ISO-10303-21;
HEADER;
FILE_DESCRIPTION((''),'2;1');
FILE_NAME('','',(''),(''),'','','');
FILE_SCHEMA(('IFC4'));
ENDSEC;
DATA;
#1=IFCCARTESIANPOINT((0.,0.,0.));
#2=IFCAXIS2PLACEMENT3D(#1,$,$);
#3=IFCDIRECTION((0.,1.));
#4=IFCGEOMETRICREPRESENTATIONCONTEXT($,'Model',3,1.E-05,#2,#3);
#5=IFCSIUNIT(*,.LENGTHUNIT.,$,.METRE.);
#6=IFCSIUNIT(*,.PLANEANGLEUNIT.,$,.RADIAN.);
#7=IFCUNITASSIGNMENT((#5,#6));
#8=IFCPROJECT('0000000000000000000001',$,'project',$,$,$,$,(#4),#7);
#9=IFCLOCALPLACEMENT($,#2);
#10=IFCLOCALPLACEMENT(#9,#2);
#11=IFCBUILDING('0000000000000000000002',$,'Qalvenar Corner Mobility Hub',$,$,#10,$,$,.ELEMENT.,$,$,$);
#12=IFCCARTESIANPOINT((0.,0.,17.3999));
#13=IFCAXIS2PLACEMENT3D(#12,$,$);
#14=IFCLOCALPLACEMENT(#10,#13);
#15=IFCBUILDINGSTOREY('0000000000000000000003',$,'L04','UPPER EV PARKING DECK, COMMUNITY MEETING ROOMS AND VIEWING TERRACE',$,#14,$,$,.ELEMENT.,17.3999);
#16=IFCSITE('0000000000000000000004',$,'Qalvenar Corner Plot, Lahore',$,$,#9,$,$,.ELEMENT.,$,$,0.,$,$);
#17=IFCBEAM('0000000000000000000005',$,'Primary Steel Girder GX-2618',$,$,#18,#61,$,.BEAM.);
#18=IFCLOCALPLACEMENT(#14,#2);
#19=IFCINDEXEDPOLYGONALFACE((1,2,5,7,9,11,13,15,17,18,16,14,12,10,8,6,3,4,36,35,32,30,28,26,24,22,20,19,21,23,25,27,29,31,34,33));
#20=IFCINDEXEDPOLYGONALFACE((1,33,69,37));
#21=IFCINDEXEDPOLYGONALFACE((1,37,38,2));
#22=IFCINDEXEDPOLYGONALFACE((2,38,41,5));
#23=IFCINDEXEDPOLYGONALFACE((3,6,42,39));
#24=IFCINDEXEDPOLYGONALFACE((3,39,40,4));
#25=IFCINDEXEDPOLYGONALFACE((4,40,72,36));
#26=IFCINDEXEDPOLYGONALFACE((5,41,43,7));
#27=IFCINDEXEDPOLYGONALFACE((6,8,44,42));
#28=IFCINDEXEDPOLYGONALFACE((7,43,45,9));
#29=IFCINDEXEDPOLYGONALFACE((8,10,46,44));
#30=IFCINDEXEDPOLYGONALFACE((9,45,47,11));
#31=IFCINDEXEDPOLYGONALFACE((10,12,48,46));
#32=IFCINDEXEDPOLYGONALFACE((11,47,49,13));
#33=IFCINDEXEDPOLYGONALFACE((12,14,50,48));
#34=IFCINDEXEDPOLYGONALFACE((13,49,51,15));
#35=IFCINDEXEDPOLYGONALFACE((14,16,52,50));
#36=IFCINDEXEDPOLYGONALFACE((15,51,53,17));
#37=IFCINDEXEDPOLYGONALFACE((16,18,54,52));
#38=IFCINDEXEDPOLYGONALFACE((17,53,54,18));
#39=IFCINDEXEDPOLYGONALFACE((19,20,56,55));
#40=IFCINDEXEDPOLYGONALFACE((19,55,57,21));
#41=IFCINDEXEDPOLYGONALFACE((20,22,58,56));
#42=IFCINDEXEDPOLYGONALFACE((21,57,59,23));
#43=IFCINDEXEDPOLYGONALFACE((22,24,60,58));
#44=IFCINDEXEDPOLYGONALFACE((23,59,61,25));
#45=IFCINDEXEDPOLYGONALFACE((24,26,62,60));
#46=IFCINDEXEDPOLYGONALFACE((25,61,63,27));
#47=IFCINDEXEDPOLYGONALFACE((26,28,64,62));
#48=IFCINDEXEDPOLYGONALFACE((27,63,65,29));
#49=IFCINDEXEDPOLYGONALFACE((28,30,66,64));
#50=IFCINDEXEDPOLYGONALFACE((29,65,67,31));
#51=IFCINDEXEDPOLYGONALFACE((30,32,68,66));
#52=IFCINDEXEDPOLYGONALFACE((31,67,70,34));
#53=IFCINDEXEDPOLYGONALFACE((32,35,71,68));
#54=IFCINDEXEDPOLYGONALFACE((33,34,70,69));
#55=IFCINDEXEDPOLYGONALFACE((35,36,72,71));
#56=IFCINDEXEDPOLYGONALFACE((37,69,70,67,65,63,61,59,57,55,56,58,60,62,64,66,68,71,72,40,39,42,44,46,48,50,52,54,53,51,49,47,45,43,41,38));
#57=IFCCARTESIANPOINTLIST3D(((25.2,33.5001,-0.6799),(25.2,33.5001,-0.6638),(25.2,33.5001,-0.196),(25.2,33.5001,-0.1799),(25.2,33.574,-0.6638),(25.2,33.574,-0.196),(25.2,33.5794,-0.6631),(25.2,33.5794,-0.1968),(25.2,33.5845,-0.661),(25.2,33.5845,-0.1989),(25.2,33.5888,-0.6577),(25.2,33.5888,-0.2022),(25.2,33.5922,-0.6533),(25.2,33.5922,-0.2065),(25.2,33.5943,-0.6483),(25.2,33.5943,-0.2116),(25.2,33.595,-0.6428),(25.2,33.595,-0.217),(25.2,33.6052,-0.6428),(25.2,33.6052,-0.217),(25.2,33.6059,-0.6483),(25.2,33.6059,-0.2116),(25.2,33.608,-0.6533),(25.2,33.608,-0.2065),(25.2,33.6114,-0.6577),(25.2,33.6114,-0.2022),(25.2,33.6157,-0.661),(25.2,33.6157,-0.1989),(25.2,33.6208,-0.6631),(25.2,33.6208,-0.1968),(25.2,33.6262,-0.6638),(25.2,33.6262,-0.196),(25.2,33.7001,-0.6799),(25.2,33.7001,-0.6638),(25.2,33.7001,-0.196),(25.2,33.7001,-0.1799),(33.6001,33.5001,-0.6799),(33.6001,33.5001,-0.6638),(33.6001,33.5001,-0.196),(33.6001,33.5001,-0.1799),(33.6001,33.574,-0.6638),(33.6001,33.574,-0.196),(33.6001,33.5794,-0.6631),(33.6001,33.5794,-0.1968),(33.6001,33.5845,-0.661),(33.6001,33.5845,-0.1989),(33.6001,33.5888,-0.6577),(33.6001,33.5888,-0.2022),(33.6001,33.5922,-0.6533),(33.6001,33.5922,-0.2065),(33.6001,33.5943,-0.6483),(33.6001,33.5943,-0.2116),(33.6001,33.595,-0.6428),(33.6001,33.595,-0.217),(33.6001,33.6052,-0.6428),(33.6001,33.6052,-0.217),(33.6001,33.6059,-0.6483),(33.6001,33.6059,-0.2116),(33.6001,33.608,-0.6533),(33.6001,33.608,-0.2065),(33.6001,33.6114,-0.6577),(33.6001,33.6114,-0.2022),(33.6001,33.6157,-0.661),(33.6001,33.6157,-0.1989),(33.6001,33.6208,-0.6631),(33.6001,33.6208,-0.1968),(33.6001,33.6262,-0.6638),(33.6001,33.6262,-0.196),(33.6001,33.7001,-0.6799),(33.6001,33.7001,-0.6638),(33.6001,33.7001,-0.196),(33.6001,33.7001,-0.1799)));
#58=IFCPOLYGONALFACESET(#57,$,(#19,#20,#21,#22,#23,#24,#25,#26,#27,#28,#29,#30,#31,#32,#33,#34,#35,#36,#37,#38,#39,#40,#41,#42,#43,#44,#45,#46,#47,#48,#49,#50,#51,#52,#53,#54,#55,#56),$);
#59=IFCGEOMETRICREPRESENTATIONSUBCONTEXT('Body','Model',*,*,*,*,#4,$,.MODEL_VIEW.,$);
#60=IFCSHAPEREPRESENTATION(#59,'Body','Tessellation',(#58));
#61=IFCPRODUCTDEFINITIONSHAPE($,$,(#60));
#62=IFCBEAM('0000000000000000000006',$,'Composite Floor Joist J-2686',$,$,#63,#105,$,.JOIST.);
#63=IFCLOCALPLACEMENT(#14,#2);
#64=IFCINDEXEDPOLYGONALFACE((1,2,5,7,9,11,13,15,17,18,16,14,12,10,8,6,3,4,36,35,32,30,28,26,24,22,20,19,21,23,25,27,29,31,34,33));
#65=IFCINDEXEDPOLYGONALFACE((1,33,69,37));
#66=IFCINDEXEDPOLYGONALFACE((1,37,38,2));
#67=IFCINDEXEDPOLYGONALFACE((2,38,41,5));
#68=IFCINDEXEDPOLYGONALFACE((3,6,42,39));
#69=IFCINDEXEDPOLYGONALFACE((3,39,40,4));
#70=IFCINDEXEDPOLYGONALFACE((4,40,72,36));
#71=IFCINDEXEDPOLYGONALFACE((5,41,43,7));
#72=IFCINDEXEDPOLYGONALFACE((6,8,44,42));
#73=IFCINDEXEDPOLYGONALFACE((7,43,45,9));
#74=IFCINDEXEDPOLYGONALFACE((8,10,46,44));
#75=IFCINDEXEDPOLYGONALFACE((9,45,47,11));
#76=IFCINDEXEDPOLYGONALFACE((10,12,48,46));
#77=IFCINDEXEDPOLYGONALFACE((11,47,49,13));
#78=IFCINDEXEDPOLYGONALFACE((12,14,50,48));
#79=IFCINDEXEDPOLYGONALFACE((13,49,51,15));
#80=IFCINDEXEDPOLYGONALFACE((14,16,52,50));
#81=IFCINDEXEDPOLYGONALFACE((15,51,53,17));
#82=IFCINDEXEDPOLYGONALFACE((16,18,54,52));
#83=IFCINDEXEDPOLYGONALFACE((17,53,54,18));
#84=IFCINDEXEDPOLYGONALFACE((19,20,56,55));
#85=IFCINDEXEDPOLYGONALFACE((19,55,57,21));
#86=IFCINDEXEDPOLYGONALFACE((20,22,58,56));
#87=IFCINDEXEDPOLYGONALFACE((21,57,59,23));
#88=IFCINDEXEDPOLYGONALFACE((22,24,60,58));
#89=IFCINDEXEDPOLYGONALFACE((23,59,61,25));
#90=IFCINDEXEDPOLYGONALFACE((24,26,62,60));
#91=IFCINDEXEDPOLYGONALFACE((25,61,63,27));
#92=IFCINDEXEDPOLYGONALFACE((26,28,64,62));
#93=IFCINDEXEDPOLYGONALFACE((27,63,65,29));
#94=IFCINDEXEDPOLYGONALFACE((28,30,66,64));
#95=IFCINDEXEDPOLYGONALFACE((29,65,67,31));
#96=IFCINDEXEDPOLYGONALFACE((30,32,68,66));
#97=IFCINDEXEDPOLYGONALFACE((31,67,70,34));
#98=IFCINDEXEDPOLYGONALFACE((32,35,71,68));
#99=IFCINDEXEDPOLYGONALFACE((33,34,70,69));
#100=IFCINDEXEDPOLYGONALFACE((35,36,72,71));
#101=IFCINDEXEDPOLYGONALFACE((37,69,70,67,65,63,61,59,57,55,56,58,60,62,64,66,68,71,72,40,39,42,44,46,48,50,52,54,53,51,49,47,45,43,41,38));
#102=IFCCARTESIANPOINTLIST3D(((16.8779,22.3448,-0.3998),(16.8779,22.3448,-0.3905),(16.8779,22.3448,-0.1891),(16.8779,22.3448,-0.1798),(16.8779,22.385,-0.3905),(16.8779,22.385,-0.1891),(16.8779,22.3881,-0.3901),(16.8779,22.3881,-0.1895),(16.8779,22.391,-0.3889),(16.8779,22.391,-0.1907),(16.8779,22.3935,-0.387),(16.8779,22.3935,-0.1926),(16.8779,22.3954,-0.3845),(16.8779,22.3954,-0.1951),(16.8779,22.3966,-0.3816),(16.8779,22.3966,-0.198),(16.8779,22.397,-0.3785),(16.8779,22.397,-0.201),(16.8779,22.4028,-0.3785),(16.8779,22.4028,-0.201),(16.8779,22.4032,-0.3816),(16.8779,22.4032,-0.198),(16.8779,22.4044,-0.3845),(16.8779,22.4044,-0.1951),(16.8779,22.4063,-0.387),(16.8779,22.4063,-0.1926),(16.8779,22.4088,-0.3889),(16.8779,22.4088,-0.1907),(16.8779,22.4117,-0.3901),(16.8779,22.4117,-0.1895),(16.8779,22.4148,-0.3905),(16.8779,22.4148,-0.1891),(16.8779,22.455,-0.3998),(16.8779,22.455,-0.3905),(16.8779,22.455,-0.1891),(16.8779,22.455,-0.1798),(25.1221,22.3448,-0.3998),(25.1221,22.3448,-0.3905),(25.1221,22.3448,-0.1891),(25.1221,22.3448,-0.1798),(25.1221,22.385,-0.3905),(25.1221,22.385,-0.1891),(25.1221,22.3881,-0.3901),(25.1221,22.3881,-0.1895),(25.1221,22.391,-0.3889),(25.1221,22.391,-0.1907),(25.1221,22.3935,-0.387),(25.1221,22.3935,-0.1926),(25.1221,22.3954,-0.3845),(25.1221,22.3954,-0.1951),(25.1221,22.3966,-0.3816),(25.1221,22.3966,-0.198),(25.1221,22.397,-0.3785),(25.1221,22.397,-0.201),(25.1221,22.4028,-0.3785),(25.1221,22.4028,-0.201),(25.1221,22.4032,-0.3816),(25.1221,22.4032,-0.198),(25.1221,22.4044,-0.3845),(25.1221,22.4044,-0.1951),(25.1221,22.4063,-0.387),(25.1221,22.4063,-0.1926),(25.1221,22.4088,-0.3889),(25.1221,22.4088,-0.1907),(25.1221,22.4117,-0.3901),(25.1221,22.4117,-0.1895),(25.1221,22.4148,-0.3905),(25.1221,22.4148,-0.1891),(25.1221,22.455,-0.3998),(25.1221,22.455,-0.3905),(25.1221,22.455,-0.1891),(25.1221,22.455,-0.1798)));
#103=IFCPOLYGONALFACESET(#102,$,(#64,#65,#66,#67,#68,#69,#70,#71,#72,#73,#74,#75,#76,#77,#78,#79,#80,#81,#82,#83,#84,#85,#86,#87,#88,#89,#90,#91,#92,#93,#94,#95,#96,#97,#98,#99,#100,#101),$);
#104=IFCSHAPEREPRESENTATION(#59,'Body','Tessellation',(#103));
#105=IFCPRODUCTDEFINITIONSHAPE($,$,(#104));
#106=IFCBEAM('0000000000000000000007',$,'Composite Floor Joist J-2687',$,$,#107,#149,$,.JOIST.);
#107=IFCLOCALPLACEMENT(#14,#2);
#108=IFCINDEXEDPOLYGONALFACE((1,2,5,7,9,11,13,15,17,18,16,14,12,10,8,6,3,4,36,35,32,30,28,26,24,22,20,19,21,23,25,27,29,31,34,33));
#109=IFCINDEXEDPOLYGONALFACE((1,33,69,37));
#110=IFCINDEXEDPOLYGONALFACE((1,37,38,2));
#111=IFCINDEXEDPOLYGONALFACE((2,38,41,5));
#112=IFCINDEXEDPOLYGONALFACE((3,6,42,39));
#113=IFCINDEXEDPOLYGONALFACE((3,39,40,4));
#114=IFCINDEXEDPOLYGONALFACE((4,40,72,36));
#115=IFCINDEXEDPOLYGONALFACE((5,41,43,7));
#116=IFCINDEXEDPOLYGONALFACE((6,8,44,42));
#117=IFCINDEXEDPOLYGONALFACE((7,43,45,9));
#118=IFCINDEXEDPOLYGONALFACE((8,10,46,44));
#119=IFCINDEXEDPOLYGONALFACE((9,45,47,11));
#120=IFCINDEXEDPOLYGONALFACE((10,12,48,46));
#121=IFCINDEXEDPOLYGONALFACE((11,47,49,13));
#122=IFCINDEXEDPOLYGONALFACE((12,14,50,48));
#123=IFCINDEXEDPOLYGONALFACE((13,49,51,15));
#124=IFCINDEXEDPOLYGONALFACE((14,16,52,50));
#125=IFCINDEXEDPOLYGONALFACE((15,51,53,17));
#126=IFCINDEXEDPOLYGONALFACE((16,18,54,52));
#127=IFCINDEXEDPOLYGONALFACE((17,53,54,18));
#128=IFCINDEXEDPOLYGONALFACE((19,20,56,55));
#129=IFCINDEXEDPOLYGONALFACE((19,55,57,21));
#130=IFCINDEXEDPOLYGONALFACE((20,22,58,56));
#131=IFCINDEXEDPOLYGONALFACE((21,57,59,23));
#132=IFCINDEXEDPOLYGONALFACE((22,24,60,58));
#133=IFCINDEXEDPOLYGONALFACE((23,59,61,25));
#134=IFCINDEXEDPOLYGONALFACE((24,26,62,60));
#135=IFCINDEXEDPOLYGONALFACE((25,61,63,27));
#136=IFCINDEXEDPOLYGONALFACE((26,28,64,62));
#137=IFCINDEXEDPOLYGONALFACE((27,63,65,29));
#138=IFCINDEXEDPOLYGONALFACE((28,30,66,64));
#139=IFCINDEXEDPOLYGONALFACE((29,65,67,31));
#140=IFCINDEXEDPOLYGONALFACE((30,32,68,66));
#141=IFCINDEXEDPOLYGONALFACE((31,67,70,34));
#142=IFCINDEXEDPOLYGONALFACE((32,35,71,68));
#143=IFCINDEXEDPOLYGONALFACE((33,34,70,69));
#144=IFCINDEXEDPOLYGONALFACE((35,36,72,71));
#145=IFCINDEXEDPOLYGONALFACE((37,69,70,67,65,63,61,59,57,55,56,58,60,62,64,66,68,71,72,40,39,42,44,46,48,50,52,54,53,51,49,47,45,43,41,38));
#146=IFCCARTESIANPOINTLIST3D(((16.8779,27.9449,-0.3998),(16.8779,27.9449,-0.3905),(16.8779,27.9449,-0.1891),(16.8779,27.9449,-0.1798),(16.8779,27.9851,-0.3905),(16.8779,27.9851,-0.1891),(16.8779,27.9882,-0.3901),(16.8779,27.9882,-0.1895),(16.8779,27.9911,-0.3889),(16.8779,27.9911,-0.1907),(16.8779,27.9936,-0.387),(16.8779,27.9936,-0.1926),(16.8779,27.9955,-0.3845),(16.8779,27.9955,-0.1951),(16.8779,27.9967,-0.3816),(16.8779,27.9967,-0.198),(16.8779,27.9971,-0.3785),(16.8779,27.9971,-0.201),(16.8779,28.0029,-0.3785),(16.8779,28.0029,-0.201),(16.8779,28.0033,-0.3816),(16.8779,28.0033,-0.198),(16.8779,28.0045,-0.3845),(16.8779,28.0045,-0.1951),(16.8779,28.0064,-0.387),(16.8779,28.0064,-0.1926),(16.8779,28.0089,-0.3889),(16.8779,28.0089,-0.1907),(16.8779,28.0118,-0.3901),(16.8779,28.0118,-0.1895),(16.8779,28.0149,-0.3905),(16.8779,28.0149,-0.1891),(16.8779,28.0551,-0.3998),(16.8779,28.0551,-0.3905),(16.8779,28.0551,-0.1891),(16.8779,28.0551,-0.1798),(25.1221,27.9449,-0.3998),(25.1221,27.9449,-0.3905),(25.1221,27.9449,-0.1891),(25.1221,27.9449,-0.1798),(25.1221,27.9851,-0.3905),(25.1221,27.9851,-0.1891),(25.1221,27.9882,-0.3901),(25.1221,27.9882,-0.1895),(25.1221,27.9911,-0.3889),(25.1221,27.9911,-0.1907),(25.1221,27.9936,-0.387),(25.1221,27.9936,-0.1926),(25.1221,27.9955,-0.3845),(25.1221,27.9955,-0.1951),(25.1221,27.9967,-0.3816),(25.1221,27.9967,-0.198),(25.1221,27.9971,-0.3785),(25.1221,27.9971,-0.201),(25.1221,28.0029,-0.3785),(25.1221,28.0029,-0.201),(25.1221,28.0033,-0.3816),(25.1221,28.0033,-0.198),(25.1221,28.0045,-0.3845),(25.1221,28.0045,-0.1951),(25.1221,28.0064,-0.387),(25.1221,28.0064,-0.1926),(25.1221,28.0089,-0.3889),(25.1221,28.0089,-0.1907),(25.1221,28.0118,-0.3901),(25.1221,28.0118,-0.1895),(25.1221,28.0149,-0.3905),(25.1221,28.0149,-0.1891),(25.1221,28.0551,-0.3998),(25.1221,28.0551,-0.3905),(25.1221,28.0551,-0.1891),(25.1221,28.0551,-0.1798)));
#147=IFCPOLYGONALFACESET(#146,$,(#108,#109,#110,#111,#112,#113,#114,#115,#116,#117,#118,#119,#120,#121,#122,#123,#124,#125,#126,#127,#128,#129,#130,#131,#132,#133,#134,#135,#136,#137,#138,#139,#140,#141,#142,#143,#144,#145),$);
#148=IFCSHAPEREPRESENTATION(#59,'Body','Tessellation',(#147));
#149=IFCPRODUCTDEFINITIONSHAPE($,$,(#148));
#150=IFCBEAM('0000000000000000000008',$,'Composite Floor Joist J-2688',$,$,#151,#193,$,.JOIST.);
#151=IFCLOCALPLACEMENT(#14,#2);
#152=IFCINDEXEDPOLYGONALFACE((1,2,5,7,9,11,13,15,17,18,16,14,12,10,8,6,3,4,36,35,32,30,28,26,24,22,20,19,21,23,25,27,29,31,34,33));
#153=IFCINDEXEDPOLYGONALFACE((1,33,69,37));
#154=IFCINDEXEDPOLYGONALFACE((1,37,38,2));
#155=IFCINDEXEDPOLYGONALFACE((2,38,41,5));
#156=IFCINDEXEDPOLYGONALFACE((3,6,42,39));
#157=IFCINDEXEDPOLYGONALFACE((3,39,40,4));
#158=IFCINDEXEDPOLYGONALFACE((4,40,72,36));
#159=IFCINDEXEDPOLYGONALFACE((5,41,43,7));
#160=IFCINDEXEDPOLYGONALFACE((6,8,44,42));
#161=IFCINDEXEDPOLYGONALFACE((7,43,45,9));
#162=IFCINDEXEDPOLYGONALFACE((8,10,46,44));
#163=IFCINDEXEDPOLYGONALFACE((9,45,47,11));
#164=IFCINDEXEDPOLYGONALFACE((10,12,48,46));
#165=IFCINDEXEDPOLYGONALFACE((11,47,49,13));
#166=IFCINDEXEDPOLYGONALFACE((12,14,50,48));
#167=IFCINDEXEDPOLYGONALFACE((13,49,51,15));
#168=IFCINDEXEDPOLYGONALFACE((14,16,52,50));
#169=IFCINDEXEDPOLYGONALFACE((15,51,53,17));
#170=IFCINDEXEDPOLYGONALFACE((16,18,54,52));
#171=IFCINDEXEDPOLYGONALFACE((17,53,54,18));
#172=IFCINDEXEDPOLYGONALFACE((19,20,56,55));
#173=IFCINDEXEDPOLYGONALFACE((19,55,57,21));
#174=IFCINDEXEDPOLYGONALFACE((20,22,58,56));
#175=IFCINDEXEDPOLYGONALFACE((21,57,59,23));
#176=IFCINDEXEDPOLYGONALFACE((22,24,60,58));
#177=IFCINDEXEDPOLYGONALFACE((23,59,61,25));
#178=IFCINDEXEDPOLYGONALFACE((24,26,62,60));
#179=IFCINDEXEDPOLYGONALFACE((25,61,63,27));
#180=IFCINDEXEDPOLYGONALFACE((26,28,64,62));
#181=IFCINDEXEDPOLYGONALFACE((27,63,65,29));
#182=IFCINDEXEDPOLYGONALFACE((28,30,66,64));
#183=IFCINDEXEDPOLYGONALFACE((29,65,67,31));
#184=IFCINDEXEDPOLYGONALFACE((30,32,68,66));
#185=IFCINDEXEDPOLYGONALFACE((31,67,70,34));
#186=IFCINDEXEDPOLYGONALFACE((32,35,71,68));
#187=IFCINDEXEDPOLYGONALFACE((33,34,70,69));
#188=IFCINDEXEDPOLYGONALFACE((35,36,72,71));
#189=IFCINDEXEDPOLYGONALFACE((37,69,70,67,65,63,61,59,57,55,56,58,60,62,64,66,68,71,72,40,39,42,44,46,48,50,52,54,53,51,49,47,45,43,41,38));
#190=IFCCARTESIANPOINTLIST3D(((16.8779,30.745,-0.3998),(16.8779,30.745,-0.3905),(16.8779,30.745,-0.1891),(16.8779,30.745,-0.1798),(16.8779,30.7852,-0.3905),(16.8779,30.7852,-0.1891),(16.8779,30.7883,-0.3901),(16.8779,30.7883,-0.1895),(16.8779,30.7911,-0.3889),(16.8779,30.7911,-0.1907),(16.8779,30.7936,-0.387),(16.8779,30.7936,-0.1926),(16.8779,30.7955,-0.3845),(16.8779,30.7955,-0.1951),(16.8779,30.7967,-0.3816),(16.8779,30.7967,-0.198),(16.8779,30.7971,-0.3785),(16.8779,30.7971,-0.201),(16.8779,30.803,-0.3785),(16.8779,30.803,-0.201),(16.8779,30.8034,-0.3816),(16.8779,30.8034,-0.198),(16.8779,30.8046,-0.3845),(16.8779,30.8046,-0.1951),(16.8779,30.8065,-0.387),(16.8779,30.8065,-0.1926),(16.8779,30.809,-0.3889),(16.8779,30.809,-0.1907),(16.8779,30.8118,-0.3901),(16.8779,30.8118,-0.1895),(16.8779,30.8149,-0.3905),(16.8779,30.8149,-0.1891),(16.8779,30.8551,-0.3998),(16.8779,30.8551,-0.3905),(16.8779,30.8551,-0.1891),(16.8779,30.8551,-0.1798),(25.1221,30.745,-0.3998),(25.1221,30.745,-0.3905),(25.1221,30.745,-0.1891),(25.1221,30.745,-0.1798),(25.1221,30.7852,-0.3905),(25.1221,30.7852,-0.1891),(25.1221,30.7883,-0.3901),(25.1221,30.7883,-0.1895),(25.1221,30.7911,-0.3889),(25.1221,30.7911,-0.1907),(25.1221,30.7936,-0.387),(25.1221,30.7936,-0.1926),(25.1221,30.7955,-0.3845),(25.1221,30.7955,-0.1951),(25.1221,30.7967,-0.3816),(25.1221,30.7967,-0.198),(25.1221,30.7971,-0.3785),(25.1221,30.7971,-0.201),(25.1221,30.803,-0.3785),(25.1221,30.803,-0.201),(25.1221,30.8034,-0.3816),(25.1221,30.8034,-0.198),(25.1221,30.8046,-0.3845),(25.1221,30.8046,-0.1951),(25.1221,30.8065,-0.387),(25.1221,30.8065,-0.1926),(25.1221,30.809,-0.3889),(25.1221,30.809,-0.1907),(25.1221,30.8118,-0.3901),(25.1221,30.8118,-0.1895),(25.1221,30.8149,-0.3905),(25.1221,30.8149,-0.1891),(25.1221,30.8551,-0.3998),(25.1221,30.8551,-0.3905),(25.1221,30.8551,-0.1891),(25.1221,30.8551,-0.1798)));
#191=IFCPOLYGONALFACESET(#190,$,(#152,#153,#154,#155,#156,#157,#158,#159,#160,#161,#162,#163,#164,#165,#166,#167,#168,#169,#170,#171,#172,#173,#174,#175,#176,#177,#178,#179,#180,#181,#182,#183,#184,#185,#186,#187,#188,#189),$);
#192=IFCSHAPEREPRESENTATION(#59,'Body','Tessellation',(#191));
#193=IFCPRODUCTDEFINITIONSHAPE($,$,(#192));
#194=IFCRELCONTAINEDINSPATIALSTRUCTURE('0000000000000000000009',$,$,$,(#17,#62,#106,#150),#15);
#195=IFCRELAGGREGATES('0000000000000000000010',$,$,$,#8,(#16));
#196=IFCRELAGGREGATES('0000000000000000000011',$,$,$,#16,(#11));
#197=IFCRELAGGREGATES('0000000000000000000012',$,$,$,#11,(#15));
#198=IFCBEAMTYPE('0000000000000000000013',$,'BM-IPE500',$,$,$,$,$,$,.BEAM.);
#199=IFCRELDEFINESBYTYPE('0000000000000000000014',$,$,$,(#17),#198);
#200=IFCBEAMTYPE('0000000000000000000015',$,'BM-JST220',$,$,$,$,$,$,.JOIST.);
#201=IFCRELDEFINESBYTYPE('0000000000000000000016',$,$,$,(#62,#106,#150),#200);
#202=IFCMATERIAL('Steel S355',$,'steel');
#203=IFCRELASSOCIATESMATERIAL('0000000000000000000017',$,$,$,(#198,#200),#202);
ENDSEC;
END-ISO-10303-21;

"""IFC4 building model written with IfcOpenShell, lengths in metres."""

from ifc_helpers import new_model, si_unit, direction, frame, origin, origin_2d, place, context, subcontext, project, spatial, i_section, extrude, material, material_profile, profile_set, type_object, element, save


model = new_model("IFC4")

# Units and contexts
model_context = context("Model", 3, precision=1e-05, world=origin(), true_north=direction((0.0, 1.0)))
body_context = subcontext(model_context, "Body", "Model", "MODEL_VIEW")
ifc_project = project(units=[si_unit("LENGTHUNIT", "METRE"), si_unit("PLANEANGLEUNIT", "RADIAN")], contexts=[model_context])

# Site, building, storey
site_placement = place(None, origin())
site = spatial("IfcSite", under=ifc_project, at=site_placement, Name="Qalvenar Corner Plot, Lahore", CompositionType="ELEMENT", RefElevation=0.0)
building_placement = place(site_placement, origin())
building = spatial("IfcBuilding", under=site, at=building_placement, Name="Qalvenar Corner Mobility Hub", CompositionType="ELEMENT")
storey_placement = place(building_placement, frame((0.0, 0.0, 17.3999)))
storey = spatial("IfcBuildingStorey", under=building, at=storey_placement, Name="L04", Description="UPPER EV PARKING DECK, COMMUNITY MEETING ROOMS AND VIEWING TERRACE", CompositionType="ELEMENT", Elevation=17.3999)

# Shared definitions
ifc_material_1 = material(Name="Steel S355", Category="steel")

# Beams
ifc_material_profile_1 = material_profile(ifc_material_1, i_section(OverallWidth=0.2, OverallDepth=0.5, WebThickness=0.0103, FlangeThickness=0.0161, FilletRadius=0.021, at=origin_2d()), Name="IPE500")
ifc_profile_set_1 = profile_set([ifc_material_profile_1], Name="Steel S355")
beam_type_1 = type_object("IfcBeamType", Name="BM-IPE500", PredefinedType="BEAM", material=ifc_profile_set_1)
beam_1_placement = place(storey_placement, frame((25.2, 33.6001, -0.4299), z_axis=(1.0, 0.0, 0.0), x_axis=(0.0, 1.0, 0.0)))
element("IfcBeam", 1, at=beam_1_placement, inside=storey, type_object=beam_type_1, Name="Primary Steel Girder GX-2618", PredefinedType="BEAM", context=body_context, shape_type="SweptSolid", body=[
    extrude(i_section(OverallWidth=0.2, OverallDepth=0.5, WebThickness=0.0103, FlangeThickness=0.0161, FilletRadius=0.021, at=origin_2d()), origin(), (0.0, 0.0, 1.0), 8.4001),
])
ifc_material_profile_2 = material_profile(ifc_material_1, i_section(OverallWidth=0.1101, OverallDepth=0.22, WebThickness=0.0059, FlangeThickness=0.0093, FilletRadius=0.012, at=origin_2d()), Name="IPE220")
ifc_profile_set_2 = profile_set([ifc_material_profile_2], Name="Steel S355")
beam_type_2 = type_object("IfcBeamType", Name="BM-JST220", PredefinedType="JOIST", material=ifc_profile_set_2)
for number, where, z_axis, x_axis, name in (
    (2, (16.8779, 22.3999, -0.2898), (1.0, 0.0, 0.0), (0.0, 1.0, 0.0), "Composite Floor Joist J-2686"),
    (3, (16.8779, 28.0, -0.2898), (1.0, 0.0, 0.0), (0.0, 1.0, 0.0), "Composite Floor Joist J-2687"),
    (4, (16.8779, 30.8, -0.2898), (1.0, 0.0, 0.0), (0.0, 1.0, 0.0), "Composite Floor Joist J-2688"),
):
    element("IfcBeam", number, at=place(storey_placement, frame(where, z_axis=z_axis, x_axis=x_axis)), inside=storey, type_object=beam_type_2, Name=name, PredefinedType="JOIST", context=body_context, shape_type="SweptSolid", body=[
        extrude(i_section(OverallWidth=0.1101, OverallDepth=0.22, WebThickness=0.0059, FlangeThickness=0.0093, FilletRadius=0.012, at=origin_2d()), origin(), (0.0, 0.0, 1.0), 8.2441),
    ])

save(model, "model.ifc")
